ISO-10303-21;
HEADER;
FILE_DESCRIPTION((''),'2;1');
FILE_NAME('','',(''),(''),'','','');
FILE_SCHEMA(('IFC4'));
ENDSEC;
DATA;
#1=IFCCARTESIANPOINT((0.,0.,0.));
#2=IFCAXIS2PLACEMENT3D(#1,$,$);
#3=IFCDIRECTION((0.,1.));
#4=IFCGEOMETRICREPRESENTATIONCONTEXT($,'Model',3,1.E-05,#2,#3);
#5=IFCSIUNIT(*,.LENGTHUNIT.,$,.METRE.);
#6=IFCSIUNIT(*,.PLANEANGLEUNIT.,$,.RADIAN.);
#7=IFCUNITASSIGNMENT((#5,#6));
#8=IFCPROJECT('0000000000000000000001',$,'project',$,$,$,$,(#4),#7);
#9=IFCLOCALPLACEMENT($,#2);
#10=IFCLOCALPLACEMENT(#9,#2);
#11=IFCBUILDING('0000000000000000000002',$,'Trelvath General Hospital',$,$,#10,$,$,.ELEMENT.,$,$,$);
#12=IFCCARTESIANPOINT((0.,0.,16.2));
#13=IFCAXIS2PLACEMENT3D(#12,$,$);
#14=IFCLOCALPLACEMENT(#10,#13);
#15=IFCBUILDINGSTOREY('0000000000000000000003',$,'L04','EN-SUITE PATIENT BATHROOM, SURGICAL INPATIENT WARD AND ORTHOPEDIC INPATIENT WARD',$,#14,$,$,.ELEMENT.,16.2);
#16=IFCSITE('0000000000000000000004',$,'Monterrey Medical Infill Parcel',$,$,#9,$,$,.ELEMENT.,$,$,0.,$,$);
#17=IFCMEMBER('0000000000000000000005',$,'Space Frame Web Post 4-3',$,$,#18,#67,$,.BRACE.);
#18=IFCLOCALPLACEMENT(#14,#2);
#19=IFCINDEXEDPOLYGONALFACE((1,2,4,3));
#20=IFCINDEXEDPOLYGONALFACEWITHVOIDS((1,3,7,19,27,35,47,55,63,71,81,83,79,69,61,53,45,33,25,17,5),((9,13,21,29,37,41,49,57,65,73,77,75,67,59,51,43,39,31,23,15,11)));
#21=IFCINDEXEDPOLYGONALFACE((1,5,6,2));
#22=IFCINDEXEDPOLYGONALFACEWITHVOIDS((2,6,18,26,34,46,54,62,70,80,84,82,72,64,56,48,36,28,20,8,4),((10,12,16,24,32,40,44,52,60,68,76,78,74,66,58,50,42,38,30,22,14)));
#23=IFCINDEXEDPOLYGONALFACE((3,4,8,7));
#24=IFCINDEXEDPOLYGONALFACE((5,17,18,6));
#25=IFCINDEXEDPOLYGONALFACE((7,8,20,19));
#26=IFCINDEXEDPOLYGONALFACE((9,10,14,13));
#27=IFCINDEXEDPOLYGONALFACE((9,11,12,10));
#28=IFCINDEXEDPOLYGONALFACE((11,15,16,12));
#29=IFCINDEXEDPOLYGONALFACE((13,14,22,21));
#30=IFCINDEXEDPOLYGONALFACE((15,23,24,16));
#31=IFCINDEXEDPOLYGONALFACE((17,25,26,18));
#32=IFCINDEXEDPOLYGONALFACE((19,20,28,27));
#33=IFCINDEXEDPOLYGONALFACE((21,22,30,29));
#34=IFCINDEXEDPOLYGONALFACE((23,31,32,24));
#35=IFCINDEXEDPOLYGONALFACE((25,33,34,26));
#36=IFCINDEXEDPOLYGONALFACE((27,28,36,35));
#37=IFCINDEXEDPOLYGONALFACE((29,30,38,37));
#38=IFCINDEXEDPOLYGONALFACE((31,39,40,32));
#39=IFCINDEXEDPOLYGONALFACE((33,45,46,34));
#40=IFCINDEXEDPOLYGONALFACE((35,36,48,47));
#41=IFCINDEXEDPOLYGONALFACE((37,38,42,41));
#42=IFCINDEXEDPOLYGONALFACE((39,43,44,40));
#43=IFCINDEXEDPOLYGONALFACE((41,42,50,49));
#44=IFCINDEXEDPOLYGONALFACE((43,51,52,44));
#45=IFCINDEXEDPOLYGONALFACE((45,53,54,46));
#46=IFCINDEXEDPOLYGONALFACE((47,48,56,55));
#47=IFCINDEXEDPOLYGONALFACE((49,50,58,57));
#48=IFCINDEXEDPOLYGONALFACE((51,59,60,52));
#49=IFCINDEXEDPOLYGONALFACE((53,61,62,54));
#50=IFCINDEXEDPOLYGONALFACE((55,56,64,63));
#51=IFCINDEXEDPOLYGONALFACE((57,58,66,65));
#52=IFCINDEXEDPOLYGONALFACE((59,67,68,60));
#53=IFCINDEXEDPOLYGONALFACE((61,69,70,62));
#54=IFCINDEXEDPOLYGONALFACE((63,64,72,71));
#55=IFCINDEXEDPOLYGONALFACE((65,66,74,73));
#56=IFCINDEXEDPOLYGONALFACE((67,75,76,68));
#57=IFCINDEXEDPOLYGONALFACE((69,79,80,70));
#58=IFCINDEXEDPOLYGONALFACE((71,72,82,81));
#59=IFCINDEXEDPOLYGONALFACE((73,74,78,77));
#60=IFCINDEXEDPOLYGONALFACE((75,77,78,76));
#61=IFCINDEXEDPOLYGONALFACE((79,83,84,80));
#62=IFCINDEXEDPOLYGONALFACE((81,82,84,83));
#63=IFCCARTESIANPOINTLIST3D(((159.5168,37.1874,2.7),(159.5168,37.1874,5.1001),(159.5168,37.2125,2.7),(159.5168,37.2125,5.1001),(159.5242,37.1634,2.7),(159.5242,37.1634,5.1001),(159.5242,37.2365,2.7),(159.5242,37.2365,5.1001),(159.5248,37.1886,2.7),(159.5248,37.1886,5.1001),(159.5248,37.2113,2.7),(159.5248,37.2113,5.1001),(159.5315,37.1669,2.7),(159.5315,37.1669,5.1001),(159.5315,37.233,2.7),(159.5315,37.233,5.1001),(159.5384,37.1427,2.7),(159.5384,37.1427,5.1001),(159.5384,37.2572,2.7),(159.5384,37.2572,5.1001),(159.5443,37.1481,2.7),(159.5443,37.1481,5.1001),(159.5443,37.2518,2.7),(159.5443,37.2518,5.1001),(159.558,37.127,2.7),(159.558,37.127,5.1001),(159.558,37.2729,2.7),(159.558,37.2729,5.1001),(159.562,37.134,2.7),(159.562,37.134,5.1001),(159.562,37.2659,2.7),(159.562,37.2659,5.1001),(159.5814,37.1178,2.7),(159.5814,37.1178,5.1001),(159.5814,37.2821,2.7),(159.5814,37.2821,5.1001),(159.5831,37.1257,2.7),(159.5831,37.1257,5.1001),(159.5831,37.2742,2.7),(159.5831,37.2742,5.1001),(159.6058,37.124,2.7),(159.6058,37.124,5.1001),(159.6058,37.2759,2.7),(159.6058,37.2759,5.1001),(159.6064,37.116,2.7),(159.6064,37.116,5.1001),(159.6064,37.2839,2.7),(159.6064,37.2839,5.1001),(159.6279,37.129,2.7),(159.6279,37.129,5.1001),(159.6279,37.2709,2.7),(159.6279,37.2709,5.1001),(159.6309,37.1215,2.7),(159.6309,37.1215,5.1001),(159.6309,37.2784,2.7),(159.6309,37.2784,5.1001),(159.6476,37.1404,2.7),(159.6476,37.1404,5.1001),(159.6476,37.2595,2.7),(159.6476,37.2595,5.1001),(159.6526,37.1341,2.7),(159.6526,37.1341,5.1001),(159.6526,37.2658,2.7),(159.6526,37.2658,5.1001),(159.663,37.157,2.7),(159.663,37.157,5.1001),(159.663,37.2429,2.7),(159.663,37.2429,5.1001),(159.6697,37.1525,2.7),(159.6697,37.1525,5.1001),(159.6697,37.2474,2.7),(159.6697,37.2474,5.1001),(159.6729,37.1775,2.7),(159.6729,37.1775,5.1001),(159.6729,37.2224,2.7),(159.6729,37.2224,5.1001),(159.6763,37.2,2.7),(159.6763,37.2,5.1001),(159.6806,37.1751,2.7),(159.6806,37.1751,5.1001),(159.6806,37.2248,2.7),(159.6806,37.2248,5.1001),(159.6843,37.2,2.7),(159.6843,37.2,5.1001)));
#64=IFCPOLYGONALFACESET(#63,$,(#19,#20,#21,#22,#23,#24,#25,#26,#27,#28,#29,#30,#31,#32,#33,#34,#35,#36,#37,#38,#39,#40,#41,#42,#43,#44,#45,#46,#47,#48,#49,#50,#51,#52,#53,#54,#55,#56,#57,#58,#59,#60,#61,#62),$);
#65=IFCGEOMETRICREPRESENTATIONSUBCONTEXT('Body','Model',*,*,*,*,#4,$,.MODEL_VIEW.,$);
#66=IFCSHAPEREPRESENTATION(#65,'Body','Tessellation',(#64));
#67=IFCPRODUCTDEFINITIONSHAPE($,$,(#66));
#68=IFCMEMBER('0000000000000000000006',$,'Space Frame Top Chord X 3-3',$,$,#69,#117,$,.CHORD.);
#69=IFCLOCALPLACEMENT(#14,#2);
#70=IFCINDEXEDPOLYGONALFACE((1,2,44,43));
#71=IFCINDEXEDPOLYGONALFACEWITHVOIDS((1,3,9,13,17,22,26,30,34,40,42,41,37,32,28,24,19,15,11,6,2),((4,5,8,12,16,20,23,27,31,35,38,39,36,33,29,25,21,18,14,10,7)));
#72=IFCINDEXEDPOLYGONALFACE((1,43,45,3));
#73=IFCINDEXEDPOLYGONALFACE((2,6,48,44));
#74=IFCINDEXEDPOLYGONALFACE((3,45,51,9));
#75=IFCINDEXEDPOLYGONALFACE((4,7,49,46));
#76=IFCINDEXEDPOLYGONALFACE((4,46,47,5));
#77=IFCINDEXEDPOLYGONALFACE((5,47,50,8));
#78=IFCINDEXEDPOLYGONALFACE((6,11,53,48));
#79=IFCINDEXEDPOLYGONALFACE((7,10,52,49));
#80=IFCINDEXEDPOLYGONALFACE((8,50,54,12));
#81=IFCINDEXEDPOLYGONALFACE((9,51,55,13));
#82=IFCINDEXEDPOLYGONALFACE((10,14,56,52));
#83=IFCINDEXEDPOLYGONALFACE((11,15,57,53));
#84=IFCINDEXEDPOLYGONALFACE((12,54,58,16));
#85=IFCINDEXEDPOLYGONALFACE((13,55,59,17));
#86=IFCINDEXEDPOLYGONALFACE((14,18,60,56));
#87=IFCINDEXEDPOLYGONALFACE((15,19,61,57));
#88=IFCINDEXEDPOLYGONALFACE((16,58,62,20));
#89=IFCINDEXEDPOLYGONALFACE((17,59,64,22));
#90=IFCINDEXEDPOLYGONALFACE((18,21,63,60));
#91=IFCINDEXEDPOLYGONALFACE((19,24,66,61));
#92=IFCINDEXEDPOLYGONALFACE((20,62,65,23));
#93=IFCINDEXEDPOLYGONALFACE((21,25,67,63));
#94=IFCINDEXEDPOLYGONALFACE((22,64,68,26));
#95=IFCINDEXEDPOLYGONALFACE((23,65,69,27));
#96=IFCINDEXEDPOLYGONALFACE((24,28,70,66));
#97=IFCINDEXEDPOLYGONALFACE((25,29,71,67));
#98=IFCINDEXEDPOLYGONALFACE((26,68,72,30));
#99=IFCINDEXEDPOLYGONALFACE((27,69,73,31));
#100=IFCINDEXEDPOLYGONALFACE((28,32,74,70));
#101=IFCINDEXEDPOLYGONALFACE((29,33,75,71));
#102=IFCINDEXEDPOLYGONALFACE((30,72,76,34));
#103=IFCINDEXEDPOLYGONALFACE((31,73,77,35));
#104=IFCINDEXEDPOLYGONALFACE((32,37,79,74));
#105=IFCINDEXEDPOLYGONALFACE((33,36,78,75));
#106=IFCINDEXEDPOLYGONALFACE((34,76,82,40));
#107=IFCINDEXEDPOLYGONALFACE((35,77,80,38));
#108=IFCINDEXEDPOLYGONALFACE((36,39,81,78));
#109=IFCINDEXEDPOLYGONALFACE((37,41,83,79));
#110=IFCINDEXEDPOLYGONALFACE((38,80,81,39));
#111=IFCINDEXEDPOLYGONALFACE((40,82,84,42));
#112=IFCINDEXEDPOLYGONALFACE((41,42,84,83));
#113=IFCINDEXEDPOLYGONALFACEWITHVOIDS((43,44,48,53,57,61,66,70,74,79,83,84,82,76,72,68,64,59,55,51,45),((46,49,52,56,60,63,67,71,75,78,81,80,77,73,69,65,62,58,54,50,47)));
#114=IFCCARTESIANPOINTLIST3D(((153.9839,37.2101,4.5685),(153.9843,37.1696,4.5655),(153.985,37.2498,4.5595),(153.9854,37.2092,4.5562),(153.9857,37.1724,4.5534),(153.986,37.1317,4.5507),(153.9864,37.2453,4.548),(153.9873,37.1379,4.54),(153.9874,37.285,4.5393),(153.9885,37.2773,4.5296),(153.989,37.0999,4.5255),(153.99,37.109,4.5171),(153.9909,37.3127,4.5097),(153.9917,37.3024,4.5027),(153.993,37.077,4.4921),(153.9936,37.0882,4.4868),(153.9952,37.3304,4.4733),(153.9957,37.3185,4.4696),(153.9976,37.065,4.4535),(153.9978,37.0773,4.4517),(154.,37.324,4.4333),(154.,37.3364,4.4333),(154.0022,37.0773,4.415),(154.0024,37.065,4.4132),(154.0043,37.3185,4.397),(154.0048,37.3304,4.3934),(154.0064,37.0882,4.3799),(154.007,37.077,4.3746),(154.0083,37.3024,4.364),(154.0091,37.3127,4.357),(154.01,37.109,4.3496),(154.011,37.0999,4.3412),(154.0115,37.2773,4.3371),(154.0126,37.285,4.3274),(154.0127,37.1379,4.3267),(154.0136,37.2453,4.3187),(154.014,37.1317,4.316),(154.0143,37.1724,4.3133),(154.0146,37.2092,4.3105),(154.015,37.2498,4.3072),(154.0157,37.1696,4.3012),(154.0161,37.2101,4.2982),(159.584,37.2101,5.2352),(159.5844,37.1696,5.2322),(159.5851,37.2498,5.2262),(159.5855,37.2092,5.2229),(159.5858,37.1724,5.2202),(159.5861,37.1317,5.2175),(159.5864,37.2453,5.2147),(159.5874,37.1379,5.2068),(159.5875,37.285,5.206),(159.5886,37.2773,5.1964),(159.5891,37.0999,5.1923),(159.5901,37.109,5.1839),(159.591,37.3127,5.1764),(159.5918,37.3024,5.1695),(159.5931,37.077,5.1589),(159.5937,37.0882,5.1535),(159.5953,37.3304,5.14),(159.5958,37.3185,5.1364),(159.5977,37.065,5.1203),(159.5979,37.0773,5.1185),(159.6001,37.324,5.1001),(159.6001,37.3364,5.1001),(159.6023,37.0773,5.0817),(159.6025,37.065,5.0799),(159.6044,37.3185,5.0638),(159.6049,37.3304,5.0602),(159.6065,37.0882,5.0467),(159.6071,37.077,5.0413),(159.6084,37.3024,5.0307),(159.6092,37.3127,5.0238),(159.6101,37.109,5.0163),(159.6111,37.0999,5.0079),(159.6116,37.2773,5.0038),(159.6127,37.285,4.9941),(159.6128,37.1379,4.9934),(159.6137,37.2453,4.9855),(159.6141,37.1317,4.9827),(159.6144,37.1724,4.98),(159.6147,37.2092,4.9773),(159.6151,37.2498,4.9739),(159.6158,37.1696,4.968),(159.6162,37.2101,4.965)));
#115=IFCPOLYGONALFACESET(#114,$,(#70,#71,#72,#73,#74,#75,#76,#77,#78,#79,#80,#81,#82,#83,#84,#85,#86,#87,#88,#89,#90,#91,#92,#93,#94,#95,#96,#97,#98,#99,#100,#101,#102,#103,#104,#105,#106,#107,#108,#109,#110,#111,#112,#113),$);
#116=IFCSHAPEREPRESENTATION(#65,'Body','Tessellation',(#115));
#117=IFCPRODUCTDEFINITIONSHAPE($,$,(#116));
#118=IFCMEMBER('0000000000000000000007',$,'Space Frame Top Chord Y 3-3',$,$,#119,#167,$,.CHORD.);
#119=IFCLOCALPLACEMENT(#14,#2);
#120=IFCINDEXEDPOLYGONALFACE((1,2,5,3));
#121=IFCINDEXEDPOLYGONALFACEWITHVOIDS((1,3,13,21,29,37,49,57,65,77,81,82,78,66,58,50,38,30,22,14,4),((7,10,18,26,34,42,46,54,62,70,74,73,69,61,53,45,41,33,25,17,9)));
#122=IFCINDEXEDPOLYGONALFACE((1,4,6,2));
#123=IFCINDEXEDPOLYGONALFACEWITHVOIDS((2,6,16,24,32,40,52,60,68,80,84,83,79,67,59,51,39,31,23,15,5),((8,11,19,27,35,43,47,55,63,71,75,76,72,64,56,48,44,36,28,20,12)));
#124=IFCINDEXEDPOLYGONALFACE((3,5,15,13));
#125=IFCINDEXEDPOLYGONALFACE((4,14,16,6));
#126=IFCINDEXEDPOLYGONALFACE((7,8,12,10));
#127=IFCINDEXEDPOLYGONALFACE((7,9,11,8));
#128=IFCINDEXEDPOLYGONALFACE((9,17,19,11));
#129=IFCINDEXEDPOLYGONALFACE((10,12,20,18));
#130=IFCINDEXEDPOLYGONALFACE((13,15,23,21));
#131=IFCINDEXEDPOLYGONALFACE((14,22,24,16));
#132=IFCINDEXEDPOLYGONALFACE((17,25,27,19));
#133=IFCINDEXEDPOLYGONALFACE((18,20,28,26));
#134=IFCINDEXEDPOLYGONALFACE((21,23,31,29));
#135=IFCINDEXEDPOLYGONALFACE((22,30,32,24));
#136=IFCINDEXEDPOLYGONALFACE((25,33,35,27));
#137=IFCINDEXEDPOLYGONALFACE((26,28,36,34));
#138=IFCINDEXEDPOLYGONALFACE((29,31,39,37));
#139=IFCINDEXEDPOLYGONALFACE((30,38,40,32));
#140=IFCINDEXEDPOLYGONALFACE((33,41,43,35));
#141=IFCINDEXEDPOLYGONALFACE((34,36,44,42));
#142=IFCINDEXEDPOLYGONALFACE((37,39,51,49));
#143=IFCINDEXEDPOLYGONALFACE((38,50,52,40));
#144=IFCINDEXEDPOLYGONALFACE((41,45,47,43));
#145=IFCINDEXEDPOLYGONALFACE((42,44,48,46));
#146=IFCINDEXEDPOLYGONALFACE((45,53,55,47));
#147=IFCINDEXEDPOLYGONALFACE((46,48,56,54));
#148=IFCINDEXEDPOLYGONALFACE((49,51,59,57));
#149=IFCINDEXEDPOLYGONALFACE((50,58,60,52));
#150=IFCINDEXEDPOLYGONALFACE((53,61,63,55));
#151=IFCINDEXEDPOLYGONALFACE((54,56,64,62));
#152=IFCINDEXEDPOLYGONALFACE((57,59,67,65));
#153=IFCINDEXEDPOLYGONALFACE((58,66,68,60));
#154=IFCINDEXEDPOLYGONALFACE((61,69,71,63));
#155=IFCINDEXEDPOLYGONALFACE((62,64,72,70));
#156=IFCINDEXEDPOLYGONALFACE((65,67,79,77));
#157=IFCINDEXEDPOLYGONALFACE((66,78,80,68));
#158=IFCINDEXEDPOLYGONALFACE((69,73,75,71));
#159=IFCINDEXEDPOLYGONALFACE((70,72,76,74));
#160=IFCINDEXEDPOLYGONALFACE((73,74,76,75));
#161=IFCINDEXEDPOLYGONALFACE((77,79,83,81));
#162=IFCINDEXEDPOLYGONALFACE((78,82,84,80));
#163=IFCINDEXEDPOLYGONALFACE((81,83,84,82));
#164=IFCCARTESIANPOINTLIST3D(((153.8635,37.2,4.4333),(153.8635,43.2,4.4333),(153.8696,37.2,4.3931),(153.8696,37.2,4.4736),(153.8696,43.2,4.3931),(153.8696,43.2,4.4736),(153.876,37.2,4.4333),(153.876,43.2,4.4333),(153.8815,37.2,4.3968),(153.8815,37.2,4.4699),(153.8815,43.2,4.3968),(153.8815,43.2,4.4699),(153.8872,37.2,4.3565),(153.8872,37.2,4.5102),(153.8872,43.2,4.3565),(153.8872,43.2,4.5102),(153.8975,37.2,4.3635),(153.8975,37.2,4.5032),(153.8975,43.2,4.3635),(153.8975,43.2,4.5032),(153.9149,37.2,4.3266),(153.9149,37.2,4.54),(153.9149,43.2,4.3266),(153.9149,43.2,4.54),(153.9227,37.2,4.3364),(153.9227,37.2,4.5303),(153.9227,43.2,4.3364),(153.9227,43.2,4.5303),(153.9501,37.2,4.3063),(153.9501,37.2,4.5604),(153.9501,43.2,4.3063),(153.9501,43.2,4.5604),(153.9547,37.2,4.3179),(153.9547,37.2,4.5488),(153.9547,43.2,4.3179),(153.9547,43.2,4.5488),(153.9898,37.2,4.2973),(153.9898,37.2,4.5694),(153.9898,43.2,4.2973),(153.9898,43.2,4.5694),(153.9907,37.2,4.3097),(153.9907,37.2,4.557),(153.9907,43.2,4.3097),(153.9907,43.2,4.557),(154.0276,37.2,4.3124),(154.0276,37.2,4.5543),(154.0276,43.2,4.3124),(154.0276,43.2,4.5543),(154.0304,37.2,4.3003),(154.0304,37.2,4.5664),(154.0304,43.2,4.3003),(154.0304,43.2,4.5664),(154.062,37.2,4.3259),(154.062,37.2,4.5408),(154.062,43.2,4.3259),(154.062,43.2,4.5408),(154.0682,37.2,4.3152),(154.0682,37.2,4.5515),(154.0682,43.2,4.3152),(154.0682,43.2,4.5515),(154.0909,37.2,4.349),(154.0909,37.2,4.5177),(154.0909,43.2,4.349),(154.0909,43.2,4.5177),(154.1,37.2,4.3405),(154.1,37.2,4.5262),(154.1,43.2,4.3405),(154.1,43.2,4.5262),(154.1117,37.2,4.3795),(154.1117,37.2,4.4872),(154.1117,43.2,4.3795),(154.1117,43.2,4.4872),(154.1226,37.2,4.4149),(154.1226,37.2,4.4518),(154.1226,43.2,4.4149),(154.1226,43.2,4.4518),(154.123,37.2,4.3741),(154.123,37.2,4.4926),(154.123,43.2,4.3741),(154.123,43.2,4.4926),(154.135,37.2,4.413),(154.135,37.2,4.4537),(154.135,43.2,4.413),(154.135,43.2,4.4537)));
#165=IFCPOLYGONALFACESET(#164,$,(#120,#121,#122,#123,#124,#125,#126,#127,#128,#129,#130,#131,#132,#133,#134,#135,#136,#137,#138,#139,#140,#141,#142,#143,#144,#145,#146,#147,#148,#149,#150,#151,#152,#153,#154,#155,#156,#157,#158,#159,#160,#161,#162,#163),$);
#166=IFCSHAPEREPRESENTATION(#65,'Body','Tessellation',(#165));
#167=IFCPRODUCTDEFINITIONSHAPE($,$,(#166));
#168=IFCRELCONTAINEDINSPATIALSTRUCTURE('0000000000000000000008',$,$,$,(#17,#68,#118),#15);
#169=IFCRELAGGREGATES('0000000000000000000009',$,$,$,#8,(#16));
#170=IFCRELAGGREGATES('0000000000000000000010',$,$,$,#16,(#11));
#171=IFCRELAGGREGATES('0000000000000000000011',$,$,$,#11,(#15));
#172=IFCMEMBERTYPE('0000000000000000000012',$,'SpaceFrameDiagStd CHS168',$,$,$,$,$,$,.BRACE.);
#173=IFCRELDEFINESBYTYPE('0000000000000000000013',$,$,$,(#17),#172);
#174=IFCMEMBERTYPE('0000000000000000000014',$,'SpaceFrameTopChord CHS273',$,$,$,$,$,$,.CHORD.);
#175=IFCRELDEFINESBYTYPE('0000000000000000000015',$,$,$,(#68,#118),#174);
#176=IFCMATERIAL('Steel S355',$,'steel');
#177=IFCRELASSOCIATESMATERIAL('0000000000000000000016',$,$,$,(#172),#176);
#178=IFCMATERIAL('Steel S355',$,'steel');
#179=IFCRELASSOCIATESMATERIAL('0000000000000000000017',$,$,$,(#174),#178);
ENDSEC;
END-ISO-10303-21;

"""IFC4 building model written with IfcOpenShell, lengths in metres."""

from ifc_helpers import new_model, si_unit, direction, frame, origin, origin_2d, place, context, subcontext, project, spatial, hollow_circle, extrude, material, material_profile, profile_set, type_object, element, save


model = new_model("IFC4")

# Units and contexts
model_context = context("Model", 3, precision=1e-05, world=origin(), true_north=direction((0.0, 1.0)))
body_context = subcontext(model_context, "Body", "Model", "MODEL_VIEW")
ifc_project = project(units=[si_unit("LENGTHUNIT", "METRE"), si_unit("PLANEANGLEUNIT", "RADIAN")], contexts=[model_context])

# Site, building, storey
site_placement = place(None, origin())
site = spatial("IfcSite", under=ifc_project, at=site_placement, Name="Monterrey Medical Infill Parcel", CompositionType="ELEMENT", RefElevation=0.0)
building_placement = place(site_placement, origin())
building = spatial("IfcBuilding", under=site, at=building_placement, Name="Trelvath General Hospital", CompositionType="ELEMENT")
storey_placement = place(building_placement, frame((0.0, 0.0, 16.2)))
storey = spatial("IfcBuildingStorey", under=building, at=storey_placement, Name="L04", Description="EN-SUITE PATIENT BATHROOM, SURGICAL INPATIENT WARD AND ORTHOPEDIC INPATIENT WARD", CompositionType="ELEMENT", Elevation=16.2)

# Members
ifc_material_1 = material(Name="Steel S355", Category="steel")
ifc_material_profile_1 = material_profile(ifc_material_1, hollow_circle(Radius=0.0842, WallThickness=0.0081, at=origin_2d()), Name="CHS168.3x8.0")
ifc_profile_set_1 = profile_set([ifc_material_profile_1], Name="Steel S355")
member_type_1 = type_object("IfcMemberType", Name="SpaceFrameDiagStd CHS168", PredefinedType="BRACE", material=ifc_profile_set_1)
member_1_placement = place(storey_placement, frame((159.6001, 37.2, 2.7), z_axis=(0.0, 0.0, 1.0), x_axis=(1.0, 0.0, 0.0)))
element("IfcMember", 1, at=member_1_placement, inside=storey, type_object=member_type_1, Name="Space Frame Web Post 4-3", PredefinedType="BRACE", context=body_context, shape_type="SweptSolid", body=[
    extrude(hollow_circle(Radius=0.0842, WallThickness=0.0081, at=origin_2d()), origin(), (0.0, 0.0, 1.0), 2.4001),
])
ifc_material_2 = material(Name="Steel S355", Category="steel")
ifc_material_profile_2 = material_profile(ifc_material_2, hollow_circle(Radius=0.1365, WallThickness=0.0125, at=origin_2d()), Name="CHS273.0x12.5")
ifc_profile_set_2 = profile_set([ifc_material_profile_2], Name="Steel S355")
member_type_2 = type_object("IfcMemberType", Name="SpaceFrameTopChord CHS273", PredefinedType="CHORD", material=ifc_profile_set_2)
member_2_placement = place(storey_placement, frame((154.0, 37.2, 4.4333), z_axis=(0.992987, 0.0, 0.118225), x_axis=(0.0, 1.0, 0.0)))
element("IfcMember", 2, at=member_2_placement, inside=storey, type_object=member_type_2, Name="Space Frame Top Chord X 3-3", PredefinedType="CHORD", context=body_context, shape_type="SweptSolid", body=[
    extrude(hollow_circle(Radius=0.1365, WallThickness=0.0125, at=origin_2d()), origin(), (0.0, 0.0, 1.0), 5.6396),
])
member_3_placement = place(storey_placement, frame((154.0, 37.2, 4.4333), z_axis=(0.0, 1.0, 0.0), x_axis=(-1.0, 0.0, 0.0)))
element("IfcMember", 3, at=member_3_placement, inside=storey, type_object=member_type_2, Name="Space Frame Top Chord Y 3-3", PredefinedType="CHORD", context=body_context, shape_type="SweptSolid", body=[
    extrude(hollow_circle(Radius=0.1365, WallThickness=0.0125, at=origin_2d()), origin(), (0.0, 0.0, 1.0), 6.0),
])

save(model, "model.ifc")
